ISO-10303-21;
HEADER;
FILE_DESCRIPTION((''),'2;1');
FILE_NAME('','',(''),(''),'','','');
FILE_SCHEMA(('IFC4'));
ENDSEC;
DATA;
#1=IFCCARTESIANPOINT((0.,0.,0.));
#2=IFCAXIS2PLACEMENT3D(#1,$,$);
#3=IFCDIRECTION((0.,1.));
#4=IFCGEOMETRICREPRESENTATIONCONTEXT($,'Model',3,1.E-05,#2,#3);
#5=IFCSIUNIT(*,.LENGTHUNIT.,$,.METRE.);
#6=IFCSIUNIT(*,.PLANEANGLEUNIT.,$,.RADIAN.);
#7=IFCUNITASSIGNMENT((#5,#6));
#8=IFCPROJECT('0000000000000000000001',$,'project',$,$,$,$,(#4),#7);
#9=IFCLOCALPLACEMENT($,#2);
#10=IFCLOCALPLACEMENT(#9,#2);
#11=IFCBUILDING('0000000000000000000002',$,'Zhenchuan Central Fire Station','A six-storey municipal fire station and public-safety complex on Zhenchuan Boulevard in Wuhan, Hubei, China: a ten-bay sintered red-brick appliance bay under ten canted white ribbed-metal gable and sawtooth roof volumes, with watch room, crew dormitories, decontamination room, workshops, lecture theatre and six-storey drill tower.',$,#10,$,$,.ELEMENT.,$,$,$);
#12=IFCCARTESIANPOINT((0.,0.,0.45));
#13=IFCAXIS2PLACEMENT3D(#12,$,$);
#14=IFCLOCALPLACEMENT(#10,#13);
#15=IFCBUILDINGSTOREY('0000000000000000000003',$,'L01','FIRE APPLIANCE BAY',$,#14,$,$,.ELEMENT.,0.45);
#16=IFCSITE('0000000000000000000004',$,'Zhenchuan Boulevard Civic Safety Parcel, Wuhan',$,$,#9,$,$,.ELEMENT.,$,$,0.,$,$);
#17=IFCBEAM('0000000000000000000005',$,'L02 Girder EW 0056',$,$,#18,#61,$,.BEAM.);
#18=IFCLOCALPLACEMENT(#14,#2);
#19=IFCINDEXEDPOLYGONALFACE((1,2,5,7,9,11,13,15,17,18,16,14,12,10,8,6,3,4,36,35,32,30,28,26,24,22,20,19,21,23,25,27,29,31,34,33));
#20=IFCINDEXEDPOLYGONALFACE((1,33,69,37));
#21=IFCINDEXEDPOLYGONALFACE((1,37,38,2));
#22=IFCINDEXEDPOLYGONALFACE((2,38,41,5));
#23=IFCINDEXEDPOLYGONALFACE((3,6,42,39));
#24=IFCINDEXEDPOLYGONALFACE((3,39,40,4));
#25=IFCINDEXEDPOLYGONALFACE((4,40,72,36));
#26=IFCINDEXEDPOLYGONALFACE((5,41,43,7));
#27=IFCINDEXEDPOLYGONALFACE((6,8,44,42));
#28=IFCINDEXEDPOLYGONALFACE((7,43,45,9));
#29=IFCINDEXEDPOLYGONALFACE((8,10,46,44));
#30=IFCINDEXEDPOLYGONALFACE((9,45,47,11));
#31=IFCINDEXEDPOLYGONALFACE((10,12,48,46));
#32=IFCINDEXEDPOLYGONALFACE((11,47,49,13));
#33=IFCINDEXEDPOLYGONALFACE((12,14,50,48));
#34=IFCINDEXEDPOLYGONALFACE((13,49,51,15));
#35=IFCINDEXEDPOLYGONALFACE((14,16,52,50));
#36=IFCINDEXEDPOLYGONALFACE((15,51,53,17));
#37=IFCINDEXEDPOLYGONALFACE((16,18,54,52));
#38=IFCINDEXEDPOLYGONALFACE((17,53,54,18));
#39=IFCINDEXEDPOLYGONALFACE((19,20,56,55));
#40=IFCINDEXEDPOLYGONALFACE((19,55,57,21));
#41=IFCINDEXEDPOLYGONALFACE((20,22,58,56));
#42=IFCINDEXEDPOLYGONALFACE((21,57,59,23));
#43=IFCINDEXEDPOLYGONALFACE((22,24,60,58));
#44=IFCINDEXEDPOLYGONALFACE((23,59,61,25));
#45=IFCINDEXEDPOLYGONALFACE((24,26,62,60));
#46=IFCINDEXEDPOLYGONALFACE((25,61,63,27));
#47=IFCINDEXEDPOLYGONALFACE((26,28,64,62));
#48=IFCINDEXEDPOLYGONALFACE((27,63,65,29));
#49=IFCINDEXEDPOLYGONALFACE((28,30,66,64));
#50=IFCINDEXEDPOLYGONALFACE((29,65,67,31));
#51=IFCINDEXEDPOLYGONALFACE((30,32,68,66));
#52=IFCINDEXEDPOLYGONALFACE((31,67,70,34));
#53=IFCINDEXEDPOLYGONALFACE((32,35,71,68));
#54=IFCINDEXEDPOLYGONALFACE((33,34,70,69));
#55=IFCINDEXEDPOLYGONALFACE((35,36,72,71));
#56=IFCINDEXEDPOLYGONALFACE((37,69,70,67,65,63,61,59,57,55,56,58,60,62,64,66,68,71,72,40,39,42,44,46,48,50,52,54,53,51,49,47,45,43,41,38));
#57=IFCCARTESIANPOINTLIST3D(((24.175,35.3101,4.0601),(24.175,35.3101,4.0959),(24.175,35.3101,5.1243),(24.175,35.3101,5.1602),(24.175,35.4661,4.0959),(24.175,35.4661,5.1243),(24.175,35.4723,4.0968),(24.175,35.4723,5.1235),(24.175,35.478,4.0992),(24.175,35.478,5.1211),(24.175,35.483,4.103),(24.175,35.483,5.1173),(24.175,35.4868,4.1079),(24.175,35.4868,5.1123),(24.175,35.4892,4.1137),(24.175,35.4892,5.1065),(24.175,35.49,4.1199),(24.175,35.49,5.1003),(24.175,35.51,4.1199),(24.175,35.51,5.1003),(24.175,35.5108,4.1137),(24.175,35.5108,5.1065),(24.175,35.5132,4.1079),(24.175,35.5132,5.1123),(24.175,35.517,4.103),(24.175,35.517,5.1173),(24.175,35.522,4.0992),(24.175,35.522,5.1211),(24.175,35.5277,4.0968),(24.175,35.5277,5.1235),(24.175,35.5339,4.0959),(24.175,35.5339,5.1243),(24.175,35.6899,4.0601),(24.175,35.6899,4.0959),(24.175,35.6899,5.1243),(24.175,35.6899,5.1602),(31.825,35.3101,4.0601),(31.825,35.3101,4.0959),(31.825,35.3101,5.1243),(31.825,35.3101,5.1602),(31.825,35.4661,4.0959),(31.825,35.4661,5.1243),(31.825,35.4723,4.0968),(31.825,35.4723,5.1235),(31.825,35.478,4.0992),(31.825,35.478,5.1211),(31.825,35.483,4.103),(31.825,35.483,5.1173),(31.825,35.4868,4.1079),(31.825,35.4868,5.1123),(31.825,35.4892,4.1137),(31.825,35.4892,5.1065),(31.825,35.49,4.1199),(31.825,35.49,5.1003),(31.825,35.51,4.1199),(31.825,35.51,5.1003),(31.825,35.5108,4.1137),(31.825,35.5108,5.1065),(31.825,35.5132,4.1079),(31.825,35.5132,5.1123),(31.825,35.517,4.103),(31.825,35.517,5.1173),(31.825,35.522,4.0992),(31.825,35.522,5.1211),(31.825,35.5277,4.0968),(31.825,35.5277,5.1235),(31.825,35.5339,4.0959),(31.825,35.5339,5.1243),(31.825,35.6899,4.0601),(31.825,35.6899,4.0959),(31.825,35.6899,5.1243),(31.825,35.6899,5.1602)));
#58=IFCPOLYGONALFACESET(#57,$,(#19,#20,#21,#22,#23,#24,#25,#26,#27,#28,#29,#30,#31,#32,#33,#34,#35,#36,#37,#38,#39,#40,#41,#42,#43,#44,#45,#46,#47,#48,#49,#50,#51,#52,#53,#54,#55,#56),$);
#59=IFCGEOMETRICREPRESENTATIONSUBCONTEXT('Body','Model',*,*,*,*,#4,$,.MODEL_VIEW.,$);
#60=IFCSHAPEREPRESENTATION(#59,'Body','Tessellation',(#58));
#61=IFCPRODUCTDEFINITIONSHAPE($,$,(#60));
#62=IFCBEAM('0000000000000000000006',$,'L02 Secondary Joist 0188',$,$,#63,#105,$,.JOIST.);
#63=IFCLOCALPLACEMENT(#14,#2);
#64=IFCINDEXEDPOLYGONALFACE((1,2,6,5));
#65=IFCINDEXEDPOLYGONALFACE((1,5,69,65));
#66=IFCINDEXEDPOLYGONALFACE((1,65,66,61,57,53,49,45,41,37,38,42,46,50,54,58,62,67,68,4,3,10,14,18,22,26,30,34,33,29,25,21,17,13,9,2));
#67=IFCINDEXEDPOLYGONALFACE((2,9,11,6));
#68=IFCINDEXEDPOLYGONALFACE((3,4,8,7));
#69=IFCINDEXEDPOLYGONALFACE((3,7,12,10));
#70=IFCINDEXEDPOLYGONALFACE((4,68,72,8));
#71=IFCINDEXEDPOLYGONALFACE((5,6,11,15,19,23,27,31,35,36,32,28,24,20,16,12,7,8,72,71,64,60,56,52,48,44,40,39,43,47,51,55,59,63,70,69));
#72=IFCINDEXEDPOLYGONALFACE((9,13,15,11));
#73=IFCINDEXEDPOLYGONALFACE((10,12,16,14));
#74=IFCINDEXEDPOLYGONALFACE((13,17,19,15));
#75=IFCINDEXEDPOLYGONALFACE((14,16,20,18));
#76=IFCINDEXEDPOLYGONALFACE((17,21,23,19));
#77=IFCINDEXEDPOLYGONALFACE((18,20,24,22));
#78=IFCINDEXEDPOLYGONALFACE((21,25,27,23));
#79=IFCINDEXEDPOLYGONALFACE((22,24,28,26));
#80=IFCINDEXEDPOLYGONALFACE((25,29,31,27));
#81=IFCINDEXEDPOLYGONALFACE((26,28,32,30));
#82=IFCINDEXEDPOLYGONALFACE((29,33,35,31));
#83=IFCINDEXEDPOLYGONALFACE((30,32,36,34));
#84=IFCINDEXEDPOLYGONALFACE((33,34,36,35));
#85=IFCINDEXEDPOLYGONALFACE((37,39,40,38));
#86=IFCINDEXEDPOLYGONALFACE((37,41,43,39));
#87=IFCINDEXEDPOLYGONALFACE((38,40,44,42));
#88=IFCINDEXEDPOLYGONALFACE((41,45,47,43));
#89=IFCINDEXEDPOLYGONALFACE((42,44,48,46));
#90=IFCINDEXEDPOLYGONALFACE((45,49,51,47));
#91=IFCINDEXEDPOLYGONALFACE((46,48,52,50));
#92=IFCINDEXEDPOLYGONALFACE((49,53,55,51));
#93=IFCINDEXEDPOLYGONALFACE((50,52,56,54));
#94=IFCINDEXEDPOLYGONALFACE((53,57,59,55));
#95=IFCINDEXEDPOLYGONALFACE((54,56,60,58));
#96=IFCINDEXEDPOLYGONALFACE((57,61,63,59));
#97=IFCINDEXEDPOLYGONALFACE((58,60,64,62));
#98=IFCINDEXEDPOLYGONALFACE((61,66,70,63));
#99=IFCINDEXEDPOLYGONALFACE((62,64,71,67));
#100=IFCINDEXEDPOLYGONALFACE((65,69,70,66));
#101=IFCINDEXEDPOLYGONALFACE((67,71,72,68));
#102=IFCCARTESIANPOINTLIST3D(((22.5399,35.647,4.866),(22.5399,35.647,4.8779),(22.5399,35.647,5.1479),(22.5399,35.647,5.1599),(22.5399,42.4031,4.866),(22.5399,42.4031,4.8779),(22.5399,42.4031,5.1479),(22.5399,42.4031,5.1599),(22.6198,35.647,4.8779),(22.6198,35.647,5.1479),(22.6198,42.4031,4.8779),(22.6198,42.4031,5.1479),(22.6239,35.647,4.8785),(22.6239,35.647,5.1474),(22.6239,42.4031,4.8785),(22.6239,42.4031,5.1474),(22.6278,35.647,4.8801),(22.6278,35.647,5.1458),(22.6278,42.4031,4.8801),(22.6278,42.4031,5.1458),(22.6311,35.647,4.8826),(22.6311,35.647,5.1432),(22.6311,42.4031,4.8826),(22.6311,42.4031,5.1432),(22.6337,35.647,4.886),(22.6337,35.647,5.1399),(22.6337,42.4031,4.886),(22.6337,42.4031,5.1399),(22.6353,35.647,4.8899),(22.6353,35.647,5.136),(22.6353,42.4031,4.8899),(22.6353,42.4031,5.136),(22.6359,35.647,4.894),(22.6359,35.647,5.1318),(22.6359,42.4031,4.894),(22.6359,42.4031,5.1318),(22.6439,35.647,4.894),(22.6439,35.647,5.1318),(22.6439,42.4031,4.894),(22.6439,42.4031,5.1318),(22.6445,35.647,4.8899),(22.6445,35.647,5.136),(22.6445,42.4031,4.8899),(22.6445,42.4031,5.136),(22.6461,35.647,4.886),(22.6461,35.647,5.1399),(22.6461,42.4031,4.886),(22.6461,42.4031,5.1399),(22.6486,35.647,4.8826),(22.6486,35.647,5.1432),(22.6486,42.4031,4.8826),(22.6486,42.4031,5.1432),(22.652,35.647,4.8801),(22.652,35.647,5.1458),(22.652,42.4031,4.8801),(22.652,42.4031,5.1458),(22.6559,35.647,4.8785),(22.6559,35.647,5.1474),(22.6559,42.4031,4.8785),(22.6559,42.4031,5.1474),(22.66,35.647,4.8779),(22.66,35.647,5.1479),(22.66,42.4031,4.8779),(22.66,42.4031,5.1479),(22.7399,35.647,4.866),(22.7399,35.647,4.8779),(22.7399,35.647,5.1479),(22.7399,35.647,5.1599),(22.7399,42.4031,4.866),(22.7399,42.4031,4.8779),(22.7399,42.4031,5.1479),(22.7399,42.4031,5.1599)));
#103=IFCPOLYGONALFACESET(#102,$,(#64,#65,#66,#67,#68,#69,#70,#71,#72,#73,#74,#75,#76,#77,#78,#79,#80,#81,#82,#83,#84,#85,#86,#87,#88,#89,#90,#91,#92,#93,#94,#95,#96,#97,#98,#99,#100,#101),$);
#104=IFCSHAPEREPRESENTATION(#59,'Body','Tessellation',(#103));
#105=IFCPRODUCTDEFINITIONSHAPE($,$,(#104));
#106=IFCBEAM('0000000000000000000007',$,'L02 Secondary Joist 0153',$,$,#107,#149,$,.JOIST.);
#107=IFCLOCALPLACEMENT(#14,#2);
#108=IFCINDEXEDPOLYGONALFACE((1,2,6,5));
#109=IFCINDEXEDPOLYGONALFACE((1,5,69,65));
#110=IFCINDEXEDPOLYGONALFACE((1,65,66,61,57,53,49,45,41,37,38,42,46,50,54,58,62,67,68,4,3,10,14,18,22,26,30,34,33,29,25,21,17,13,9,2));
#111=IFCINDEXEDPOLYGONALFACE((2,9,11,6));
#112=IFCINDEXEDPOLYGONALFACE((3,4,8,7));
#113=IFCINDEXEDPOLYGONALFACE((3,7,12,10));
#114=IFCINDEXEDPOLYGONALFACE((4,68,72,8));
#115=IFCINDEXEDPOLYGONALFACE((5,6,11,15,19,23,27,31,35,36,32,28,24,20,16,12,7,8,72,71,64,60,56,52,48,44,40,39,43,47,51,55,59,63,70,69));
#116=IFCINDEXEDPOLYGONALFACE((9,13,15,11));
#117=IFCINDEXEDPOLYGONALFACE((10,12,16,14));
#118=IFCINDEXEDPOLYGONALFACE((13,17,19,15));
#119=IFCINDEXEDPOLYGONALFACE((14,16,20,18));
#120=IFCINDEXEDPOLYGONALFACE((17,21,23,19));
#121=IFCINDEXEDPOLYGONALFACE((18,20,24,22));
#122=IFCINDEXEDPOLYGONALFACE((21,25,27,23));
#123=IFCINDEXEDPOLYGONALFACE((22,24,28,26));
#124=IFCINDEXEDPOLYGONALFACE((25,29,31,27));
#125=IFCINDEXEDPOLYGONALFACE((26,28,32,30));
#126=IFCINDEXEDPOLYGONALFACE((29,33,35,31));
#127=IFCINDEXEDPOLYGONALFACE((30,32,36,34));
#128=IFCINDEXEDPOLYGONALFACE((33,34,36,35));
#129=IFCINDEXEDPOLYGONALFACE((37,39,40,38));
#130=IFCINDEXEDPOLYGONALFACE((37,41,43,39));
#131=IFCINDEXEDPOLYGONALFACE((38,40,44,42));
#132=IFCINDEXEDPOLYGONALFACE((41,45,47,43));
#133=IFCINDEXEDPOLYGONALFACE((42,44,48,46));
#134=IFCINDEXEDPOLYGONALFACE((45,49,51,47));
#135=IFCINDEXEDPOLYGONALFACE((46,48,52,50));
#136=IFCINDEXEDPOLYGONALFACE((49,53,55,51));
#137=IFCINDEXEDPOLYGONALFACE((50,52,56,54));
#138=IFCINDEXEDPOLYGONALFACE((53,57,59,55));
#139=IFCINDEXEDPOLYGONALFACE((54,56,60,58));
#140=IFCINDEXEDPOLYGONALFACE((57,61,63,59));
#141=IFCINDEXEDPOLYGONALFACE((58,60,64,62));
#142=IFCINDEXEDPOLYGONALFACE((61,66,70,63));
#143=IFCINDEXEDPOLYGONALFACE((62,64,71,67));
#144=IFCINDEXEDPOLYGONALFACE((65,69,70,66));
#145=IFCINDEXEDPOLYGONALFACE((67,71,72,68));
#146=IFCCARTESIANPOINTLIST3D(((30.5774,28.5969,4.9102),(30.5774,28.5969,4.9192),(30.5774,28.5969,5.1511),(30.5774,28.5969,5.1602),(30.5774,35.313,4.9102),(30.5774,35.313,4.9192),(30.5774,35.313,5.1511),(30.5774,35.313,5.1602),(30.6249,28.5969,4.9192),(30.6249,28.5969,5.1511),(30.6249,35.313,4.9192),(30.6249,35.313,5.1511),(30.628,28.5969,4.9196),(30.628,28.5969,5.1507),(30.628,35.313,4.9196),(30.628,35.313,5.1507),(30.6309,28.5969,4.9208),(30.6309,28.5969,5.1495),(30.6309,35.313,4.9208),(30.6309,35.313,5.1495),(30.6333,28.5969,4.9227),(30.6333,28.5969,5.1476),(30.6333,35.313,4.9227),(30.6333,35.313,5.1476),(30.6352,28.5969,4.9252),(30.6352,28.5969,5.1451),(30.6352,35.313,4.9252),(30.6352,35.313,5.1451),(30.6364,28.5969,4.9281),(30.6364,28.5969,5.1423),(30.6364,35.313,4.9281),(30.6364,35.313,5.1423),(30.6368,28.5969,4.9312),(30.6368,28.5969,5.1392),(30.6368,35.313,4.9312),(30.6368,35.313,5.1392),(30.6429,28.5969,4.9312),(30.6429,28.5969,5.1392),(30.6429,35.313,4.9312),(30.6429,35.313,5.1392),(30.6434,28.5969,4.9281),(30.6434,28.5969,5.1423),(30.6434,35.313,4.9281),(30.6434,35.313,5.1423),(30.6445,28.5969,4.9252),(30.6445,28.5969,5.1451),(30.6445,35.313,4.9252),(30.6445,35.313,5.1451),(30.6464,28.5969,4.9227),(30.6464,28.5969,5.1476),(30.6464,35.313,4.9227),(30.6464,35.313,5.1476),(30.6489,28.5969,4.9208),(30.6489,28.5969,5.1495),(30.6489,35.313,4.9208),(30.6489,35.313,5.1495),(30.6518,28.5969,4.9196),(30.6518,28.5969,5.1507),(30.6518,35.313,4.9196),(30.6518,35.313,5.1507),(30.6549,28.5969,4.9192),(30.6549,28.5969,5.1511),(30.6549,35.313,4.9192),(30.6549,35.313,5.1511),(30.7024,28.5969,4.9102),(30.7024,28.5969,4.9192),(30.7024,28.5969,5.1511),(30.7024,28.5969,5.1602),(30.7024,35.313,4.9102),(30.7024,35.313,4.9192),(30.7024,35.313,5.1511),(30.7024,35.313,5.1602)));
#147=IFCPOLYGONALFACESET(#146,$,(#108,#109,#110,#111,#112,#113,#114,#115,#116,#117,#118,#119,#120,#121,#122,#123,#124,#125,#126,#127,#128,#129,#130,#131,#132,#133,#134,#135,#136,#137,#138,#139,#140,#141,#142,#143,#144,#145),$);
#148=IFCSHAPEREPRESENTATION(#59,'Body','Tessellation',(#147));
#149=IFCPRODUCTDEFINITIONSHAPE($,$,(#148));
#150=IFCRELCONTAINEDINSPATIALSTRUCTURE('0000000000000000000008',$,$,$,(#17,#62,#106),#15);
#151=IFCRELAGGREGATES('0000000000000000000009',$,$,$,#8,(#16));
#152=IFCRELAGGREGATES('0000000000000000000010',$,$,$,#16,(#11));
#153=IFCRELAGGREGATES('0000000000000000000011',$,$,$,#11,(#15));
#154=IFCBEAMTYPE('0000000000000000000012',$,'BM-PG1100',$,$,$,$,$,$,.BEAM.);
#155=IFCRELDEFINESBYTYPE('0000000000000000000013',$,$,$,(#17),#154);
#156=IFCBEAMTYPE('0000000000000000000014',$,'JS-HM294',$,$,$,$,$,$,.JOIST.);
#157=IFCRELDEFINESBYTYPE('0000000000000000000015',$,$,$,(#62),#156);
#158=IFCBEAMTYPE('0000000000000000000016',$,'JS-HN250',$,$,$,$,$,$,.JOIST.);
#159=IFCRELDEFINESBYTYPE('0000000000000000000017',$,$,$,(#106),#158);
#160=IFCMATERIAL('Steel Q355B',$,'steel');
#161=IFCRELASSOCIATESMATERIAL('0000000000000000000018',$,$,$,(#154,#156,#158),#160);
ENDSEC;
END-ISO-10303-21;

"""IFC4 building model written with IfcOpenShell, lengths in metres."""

from ifc_helpers import new_model, si_unit, direction, frame, origin, origin_2d, place, context, subcontext, project, spatial, i_section, extrude, material, material_profile, profile_set, type_object, element, save


model = new_model("IFC4")

# Units and contexts
model_context = context("Model", 3, precision=1e-05, world=origin(), true_north=direction((0.0, 1.0)))
body_context = subcontext(model_context, "Body", "Model", "MODEL_VIEW")
ifc_project = project(units=[si_unit("LENGTHUNIT", "METRE"), si_unit("PLANEANGLEUNIT", "RADIAN")], contexts=[model_context])

# Site, building, storey
site_placement = place(None, origin())
site = spatial("IfcSite", under=ifc_project, at=site_placement, Name="Zhenchuan Boulevard Civic Safety Parcel, Wuhan", CompositionType="ELEMENT", RefElevation=0.0)
building_placement = place(site_placement, origin())
building = spatial("IfcBuilding", under=site, at=building_placement, Name="Zhenchuan Central Fire Station", Description="A six-storey municipal fire station and public-safety complex on Zhenchuan Boulevard in Wuhan, Hubei, China: a ten-bay sintered red-brick appliance bay under ten canted white ribbed-metal gable and sawtooth roof volumes, with watch room, crew dormitories, decontamination room, workshops, lecture theatre and six-storey drill tower.", CompositionType="ELEMENT")
storey_placement = place(building_placement, frame((0.0, 0.0, 0.45)))
storey = spatial("IfcBuildingStorey", under=building, at=storey_placement, Name="L01", Description="FIRE APPLIANCE BAY", CompositionType="ELEMENT", Elevation=0.45)

# Shared definitions
ifc_material_1 = material(Name="Steel Q355B", Category="steel")

# Beams
ifc_material_profile_1 = material_profile(ifc_material_1, i_section(OverallWidth=0.3799, OverallDepth=1.1001, WebThickness=0.02, FlangeThickness=0.0359, FilletRadius=0.0239, at=origin_2d()), Name="PG 1100x380")
ifc_profile_set_1 = profile_set([ifc_material_profile_1], Name="Steel Q355B")
beam_type_1 = type_object("IfcBeamType", Name="BM-PG1100", PredefinedType="BEAM", material=ifc_profile_set_1)
beam_1_placement = place(storey_placement, frame((24.175, 35.5, 4.6101), z_axis=(1.0, 0.0, 0.0), x_axis=(0.0, 1.0, 0.0)))
element("IfcBeam", 1, at=beam_1_placement, inside=storey, type_object=beam_type_1, Name="L02 Girder EW 0056", PredefinedType="BEAM", context=body_context, shape_type="SweptSolid", body=[
    extrude(i_section(OverallWidth=0.3799, OverallDepth=1.1001, WebThickness=0.02, FlangeThickness=0.0359, FilletRadius=0.0239, at=origin_2d()), origin(), (0.0, 0.0, 1.0), 7.6499),
])
ifc_material_profile_2 = material_profile(ifc_material_1, i_section(OverallWidth=0.2, OverallDepth=0.2939, WebThickness=0.0081, FlangeThickness=0.012, FilletRadius=0.0161, at=origin_2d()), Name="HM 294x200")
ifc_profile_set_2 = profile_set([ifc_material_profile_2], Name="Steel Q355B")
beam_type_2 = type_object("IfcBeamType", Name="JS-HM294", PredefinedType="JOIST", material=ifc_profile_set_2)
beam_2_placement = place(storey_placement, frame((22.6399, 35.647, 5.0129), z_axis=(0.0, 1.0, 0.0), x_axis=(-1.0, 0.0, 0.0)))
element("IfcBeam", 2, at=beam_2_placement, inside=storey, type_object=beam_type_2, Name="L02 Secondary Joist 0188", PredefinedType="JOIST", context=body_context, shape_type="SweptSolid", body=[
    extrude(i_section(OverallWidth=0.2, OverallDepth=0.2939, WebThickness=0.0081, FlangeThickness=0.012, FilletRadius=0.0161, at=origin_2d()), origin(), (0.0, 0.0, 1.0), 6.7561),
])
ifc_material_profile_3 = material_profile(ifc_material_1, i_section(OverallWidth=0.125, OverallDepth=0.25, WebThickness=0.0061, FlangeThickness=0.009, FilletRadius=0.012, at=origin_2d()), Name="HN 250x125")
ifc_profile_set_3 = profile_set([ifc_material_profile_3], Name="Steel Q355B")
beam_type_3 = type_object("IfcBeamType", Name="JS-HN250", PredefinedType="JOIST", material=ifc_profile_set_3)
beam_3_placement = place(storey_placement, frame((30.6399, 28.5969, 5.0352), z_axis=(0.0, 1.0, 0.0), x_axis=(-1.0, 0.0, 0.0)))
element("IfcBeam", 3, at=beam_3_placement, inside=storey, type_object=beam_type_3, Name="L02 Secondary Joist 0153", PredefinedType="JOIST", context=body_context, shape_type="SweptSolid", body=[
    extrude(i_section(OverallWidth=0.125, OverallDepth=0.25, WebThickness=0.0061, FlangeThickness=0.009, FilletRadius=0.012, at=origin_2d()), origin(), (0.0, 0.0, 1.0), 6.7161),
])

save(model, "model.ifc")
